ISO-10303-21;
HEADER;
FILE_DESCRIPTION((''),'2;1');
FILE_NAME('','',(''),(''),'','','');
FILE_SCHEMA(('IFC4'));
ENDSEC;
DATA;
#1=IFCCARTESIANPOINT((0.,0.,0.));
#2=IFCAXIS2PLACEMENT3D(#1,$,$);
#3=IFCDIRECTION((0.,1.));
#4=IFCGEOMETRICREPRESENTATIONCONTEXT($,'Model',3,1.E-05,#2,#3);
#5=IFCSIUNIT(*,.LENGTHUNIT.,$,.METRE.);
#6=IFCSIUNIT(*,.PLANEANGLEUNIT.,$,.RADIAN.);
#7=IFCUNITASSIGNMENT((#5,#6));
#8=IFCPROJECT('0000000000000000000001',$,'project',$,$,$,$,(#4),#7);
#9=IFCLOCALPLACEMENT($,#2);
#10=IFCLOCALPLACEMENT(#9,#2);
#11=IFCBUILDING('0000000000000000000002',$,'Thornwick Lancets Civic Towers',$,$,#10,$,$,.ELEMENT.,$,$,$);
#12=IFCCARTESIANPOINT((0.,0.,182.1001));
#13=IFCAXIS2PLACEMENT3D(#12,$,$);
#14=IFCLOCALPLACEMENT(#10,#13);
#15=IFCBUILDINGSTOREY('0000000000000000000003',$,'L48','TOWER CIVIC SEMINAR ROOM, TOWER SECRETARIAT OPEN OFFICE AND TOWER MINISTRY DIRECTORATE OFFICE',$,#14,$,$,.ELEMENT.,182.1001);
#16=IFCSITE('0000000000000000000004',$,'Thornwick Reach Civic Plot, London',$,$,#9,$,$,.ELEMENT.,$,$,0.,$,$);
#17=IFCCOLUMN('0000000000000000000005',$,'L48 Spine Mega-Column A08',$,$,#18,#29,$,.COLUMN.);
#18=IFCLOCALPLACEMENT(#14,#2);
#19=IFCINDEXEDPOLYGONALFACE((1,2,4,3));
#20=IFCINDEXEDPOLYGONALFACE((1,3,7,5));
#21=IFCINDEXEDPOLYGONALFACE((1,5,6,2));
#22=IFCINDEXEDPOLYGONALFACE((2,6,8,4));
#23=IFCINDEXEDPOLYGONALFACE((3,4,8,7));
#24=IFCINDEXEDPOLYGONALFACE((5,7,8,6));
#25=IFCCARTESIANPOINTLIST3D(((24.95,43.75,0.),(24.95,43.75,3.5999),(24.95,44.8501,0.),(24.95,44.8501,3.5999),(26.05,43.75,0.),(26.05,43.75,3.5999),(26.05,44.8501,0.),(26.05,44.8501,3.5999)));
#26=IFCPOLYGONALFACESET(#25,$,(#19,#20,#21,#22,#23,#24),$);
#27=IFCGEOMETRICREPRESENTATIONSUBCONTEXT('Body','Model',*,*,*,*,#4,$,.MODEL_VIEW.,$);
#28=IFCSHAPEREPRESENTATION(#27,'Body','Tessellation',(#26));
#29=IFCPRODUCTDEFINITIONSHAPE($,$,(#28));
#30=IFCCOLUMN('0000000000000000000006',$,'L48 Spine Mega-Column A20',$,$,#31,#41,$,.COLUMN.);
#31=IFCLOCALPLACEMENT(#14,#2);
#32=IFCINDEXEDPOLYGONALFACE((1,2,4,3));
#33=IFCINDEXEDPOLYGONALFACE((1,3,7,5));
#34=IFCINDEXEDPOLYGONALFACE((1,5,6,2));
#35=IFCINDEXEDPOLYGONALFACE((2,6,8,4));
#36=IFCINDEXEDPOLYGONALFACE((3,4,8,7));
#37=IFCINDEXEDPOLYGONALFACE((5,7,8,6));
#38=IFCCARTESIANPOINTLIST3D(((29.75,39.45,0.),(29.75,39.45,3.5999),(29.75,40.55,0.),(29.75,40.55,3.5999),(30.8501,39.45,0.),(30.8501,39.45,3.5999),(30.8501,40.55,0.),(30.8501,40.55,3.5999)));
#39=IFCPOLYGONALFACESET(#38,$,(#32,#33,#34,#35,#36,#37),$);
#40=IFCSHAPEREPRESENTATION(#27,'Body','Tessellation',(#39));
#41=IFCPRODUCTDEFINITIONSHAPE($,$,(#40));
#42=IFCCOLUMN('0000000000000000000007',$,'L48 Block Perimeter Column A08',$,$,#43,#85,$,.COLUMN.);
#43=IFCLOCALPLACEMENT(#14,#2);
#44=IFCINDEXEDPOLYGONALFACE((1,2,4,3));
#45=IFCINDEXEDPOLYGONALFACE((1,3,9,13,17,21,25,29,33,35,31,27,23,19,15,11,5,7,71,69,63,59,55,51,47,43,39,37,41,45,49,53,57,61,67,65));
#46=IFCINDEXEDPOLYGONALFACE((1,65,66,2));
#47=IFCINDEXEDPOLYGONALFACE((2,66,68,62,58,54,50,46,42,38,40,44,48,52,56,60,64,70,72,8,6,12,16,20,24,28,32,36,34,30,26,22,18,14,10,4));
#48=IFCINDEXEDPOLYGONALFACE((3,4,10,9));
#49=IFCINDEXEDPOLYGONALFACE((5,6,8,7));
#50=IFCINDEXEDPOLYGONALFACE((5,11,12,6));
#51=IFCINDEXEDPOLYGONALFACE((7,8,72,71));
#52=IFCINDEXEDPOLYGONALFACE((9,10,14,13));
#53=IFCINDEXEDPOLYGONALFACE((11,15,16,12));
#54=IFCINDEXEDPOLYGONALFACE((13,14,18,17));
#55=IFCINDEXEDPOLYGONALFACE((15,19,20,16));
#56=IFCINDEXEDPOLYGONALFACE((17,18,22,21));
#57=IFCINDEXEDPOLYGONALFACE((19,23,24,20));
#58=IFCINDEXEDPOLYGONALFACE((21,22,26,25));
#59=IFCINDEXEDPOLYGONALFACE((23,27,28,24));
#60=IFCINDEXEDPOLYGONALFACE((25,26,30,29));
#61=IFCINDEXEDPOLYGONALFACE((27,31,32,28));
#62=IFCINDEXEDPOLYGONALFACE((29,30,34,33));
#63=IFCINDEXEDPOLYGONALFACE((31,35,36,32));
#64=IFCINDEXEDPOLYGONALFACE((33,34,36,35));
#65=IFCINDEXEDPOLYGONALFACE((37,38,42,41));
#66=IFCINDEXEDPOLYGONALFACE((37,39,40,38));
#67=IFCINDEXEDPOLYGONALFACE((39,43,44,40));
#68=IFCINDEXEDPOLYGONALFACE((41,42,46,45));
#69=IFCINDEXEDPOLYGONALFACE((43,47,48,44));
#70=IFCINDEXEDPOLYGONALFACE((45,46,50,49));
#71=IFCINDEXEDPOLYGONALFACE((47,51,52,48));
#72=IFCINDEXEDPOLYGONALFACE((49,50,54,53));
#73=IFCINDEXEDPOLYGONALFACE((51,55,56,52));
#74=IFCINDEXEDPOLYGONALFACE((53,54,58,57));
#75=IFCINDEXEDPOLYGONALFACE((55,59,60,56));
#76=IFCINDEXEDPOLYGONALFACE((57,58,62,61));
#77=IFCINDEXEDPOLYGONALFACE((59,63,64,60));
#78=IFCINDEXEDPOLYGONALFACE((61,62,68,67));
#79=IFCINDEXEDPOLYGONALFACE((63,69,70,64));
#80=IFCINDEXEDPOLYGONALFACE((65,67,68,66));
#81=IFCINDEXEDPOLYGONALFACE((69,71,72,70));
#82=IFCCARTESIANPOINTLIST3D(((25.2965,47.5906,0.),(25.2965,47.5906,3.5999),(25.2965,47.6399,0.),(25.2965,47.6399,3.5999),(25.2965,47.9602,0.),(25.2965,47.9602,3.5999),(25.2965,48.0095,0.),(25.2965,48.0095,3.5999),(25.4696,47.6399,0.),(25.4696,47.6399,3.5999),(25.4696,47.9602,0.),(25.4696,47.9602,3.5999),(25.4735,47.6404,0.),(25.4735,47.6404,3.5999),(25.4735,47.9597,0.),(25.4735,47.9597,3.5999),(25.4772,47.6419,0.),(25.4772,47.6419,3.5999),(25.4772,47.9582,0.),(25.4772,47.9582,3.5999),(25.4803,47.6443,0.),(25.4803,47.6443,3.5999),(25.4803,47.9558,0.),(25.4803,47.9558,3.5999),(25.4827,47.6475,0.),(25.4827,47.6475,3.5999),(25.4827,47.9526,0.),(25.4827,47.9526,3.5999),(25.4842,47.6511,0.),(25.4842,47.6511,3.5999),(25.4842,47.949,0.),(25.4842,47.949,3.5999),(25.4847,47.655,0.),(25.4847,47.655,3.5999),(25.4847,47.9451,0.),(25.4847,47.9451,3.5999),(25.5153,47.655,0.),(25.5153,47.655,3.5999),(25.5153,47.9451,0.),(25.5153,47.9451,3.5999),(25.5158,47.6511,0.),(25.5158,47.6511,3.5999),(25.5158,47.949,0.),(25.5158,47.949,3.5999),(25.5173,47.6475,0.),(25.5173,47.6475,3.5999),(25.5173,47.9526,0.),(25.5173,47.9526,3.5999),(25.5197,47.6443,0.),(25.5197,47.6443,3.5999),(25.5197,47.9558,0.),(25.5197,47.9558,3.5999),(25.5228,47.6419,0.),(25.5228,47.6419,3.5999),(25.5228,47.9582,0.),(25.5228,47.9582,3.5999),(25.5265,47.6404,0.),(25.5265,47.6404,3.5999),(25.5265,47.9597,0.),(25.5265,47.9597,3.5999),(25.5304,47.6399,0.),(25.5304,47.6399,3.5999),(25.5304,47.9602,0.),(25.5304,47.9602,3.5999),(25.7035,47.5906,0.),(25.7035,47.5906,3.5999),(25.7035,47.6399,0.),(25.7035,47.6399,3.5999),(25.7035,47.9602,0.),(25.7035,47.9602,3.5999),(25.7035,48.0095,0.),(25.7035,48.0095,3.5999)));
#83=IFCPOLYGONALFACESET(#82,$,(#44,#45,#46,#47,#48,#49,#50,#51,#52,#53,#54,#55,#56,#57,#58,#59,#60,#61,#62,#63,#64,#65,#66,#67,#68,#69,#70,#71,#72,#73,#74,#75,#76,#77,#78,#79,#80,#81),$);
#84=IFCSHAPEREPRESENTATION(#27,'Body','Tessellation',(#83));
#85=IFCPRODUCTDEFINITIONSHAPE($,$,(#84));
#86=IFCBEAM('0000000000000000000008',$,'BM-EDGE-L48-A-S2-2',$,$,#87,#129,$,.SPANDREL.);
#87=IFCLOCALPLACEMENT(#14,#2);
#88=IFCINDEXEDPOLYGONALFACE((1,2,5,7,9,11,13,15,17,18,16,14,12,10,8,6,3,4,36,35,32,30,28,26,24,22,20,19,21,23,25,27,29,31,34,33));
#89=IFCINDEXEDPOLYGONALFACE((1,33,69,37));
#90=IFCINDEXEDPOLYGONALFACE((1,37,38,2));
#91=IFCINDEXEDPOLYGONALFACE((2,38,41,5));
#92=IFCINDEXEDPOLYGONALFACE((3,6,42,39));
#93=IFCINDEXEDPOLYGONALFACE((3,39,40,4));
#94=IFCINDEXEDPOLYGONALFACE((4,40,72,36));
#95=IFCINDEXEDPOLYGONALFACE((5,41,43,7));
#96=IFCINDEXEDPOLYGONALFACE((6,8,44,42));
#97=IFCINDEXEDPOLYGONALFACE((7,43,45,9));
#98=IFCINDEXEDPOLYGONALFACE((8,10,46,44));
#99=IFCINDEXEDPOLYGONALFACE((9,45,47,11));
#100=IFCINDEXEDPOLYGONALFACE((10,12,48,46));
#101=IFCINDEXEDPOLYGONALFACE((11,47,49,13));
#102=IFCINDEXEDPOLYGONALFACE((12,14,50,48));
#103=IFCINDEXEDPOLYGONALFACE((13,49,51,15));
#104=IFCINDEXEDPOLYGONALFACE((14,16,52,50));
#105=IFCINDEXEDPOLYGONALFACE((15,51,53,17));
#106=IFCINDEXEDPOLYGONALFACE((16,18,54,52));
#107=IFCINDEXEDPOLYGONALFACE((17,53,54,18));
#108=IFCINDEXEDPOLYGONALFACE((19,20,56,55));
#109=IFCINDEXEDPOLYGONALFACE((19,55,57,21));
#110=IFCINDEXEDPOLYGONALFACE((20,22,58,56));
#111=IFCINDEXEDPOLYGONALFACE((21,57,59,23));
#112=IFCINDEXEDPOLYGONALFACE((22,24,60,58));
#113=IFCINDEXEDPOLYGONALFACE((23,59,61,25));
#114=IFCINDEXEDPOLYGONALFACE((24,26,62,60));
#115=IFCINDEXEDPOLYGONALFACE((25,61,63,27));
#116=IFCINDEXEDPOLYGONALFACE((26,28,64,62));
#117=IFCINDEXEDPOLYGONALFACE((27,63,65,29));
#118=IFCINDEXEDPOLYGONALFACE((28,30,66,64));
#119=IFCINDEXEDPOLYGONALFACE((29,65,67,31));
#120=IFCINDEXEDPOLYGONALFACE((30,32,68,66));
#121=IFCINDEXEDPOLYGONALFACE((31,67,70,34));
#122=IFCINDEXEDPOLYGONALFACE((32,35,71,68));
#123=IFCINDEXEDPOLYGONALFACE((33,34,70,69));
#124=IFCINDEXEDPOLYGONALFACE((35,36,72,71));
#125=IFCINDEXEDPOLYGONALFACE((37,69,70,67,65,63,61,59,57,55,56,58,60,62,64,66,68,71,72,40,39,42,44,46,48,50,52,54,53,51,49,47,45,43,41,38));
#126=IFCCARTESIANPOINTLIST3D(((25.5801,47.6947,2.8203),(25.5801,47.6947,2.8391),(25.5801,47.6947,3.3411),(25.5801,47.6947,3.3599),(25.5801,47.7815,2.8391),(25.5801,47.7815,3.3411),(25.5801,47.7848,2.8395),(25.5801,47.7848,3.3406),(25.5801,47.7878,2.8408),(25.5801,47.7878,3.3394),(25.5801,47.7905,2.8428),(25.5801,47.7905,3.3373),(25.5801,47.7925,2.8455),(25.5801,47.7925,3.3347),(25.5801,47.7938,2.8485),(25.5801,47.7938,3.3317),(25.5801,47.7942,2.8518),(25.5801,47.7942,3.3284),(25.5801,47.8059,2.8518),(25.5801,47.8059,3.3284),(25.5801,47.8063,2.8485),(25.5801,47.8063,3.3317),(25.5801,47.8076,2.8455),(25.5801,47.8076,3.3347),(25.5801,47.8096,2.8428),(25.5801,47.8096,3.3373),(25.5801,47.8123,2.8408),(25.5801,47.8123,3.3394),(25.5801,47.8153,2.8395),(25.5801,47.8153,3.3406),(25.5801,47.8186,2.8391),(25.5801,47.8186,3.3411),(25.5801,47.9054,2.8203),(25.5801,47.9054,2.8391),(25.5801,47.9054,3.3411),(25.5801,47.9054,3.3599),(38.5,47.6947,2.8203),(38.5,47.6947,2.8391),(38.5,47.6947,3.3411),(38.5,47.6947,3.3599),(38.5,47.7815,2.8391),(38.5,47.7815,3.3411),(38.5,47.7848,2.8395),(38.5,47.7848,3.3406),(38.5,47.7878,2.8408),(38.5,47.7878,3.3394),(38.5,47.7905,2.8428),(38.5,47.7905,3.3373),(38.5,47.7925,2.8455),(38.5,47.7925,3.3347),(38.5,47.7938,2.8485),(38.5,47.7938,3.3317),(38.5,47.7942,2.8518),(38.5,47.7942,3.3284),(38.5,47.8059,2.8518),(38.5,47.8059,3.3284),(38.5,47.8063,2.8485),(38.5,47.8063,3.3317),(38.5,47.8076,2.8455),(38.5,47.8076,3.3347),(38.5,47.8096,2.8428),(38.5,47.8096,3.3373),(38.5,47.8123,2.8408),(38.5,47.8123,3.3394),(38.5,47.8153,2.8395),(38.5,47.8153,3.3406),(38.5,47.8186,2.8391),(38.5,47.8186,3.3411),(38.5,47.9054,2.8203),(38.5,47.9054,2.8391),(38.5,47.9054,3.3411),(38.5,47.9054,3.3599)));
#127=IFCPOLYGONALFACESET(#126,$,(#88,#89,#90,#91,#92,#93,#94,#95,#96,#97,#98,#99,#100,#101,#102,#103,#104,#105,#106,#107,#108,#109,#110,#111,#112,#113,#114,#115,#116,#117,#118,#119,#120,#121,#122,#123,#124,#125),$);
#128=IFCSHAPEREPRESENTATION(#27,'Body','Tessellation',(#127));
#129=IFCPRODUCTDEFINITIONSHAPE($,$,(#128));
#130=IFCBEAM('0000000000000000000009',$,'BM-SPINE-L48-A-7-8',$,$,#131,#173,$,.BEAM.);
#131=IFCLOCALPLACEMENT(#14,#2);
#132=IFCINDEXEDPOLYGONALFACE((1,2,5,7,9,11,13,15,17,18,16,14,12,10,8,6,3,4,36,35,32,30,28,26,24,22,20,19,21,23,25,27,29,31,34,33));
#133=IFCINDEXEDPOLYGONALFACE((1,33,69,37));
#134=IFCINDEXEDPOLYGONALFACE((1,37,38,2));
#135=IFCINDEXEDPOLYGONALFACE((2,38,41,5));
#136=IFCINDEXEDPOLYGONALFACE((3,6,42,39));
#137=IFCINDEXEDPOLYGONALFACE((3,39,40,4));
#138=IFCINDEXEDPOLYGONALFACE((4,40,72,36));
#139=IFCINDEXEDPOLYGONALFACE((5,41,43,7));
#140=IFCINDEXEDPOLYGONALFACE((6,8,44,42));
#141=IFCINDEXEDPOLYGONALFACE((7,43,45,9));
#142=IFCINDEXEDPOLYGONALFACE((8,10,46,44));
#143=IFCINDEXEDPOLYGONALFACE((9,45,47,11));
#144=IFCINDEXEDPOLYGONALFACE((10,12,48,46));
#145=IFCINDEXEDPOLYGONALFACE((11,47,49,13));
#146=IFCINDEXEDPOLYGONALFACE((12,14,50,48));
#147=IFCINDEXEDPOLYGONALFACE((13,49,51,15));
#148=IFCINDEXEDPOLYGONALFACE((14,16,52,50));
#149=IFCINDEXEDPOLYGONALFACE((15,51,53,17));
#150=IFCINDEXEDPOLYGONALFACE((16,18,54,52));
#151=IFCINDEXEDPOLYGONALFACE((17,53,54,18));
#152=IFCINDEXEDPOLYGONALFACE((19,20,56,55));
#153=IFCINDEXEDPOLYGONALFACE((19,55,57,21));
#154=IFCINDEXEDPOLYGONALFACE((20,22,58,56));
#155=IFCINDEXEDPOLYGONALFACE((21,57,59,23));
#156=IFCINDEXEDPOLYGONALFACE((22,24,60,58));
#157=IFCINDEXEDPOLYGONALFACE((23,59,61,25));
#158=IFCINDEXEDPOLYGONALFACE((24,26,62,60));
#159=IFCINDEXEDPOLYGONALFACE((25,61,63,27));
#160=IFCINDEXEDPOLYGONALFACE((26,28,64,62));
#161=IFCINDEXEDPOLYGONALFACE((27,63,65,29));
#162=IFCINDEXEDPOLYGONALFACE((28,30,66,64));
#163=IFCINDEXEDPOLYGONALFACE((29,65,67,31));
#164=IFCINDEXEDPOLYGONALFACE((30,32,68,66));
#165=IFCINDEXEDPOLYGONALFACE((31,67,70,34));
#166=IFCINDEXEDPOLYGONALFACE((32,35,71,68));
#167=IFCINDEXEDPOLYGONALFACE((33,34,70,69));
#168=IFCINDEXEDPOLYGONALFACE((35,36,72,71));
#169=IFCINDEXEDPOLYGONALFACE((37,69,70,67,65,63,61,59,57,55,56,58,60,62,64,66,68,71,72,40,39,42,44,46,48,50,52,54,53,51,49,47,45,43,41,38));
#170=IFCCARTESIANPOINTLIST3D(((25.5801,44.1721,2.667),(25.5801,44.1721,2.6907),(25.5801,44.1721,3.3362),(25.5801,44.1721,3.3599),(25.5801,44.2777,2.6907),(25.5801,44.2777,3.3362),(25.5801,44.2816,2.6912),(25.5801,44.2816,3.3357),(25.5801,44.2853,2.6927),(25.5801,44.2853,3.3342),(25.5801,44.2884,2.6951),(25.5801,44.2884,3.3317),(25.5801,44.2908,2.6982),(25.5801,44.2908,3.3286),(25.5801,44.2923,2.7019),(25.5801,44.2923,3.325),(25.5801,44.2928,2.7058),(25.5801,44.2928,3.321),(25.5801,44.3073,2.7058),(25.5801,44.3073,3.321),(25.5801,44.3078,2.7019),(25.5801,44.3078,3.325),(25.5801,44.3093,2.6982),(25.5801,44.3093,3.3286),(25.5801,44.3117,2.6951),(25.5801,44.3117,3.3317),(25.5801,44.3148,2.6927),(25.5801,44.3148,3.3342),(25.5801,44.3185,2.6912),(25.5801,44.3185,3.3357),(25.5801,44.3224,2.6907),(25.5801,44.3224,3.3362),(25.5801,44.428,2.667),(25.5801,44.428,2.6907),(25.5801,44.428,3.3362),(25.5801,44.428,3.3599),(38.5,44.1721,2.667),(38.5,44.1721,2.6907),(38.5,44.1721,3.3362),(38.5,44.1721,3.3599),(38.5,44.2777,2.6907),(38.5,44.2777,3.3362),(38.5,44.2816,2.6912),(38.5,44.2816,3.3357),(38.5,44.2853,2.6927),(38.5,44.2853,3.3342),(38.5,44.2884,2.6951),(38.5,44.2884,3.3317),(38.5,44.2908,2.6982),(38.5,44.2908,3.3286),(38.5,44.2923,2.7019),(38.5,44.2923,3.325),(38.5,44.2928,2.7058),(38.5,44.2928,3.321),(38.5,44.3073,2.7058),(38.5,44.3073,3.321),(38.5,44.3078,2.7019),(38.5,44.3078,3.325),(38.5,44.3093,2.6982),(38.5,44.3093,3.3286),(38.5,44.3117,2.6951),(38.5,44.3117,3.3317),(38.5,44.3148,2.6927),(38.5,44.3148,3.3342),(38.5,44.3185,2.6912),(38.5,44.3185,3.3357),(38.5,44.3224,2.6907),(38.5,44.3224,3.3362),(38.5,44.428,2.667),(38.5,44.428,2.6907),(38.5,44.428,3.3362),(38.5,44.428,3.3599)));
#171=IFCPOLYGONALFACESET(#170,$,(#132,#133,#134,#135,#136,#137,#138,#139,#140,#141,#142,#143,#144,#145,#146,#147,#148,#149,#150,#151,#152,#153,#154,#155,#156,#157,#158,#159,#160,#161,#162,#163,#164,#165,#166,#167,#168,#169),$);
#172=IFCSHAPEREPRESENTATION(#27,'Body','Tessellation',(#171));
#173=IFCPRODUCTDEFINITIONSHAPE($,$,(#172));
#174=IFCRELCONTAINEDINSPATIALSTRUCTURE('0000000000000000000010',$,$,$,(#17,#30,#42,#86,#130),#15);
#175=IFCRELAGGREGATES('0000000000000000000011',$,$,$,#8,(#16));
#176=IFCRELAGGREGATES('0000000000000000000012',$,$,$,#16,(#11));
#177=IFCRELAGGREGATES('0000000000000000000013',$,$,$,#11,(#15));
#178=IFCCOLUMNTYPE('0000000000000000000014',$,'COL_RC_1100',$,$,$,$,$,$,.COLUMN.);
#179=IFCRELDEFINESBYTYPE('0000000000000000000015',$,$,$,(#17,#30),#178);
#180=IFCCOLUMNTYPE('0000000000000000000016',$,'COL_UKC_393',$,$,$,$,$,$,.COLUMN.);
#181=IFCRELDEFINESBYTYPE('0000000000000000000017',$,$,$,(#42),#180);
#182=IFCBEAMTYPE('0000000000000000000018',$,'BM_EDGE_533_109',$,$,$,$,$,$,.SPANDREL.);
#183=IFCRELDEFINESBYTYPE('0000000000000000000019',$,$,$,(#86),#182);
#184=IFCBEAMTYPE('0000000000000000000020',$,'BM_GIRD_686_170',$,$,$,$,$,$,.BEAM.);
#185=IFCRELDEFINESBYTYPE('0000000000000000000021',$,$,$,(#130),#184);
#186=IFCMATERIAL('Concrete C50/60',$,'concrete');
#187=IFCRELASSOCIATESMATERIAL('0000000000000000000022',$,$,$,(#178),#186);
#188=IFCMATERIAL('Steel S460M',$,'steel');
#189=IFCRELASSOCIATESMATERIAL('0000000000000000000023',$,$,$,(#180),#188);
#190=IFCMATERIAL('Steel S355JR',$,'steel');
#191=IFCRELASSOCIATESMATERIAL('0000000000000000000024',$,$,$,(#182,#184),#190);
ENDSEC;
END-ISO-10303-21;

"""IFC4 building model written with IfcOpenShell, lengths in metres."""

from ifc_helpers import new_model, si_unit, direction, frame, origin, origin_2d, place, context, subcontext, project, spatial, rectangle, i_section, extrude, material, material_profile, profile_set, type_object, element, save


model = new_model("IFC4")

# Units and contexts
model_context = context("Model", 3, precision=1e-05, world=origin(), true_north=direction((0.0, 1.0)))
body_context = subcontext(model_context, "Body", "Model", "MODEL_VIEW")
ifc_project = project(units=[si_unit("LENGTHUNIT", "METRE"), si_unit("PLANEANGLEUNIT", "RADIAN")], contexts=[model_context])

# Site, building, storey
site_placement = place(None, origin())
site = spatial("IfcSite", under=ifc_project, at=site_placement, Name="Thornwick Reach Civic Plot, London", CompositionType="ELEMENT", RefElevation=0.0)
building_placement = place(site_placement, origin())
building = spatial("IfcBuilding", under=site, at=building_placement, Name="Thornwick Lancets Civic Towers", CompositionType="ELEMENT")
storey_placement = place(building_placement, frame((0.0, 0.0, 182.1001)))
storey = spatial("IfcBuildingStorey", under=building, at=storey_placement, Name="L48", Description="TOWER CIVIC SEMINAR ROOM, TOWER SECRETARIAT OPEN OFFICE AND TOWER MINISTRY DIRECTORATE OFFICE", CompositionType="ELEMENT", Elevation=182.1001)

# Columns
ifc_material_1 = material(Name="Concrete C50/60", Category="concrete")
ifc_material_profile_1 = material_profile(ifc_material_1, rectangle(XDim=1.1001, YDim=1.1001, at=origin_2d()), Name="RC 1100x1100")
ifc_profile_set_1 = profile_set([ifc_material_profile_1], Name="Concrete C50/60")
column_type_1 = type_object("IfcColumnType", Name="COL_RC_1100", PredefinedType="COLUMN", material=ifc_profile_set_1)
for number, where, z_axis, x_axis, name in (
    (1, (25.5, 44.3, 0.0), (0.0, 0.0, 1.0), (1.0, 0.0, 0.0), "L48 Spine Mega-Column A08"),
    (2, (30.3, 40.0, 0.0), (0.0, 0.0, 1.0), (1.0, 0.0, 0.0), "L48 Spine Mega-Column A20"),
):
    element("IfcColumn", number, at=place(storey_placement, frame(where, z_axis=z_axis, x_axis=x_axis)), inside=storey, type_object=column_type_1, Name=name, PredefinedType="COLUMN", context=body_context, shape_type="SweptSolid", body=[
        extrude(rectangle(XDim=1.1001, YDim=1.1001, at=origin_2d()), origin(), (0.0, 0.0, 1.0), 3.5999),
    ])
ifc_material_2 = material(Name="Steel S460M", Category="steel")
ifc_material_profile_2 = material_profile(ifc_material_2, i_section(OverallWidth=0.407, OverallDepth=0.4189, WebThickness=0.0305, FlangeThickness=0.0493, FilletRadius=0.0151, at=origin_2d()), Name="UKC 356x406x393")
ifc_profile_set_2 = profile_set([ifc_material_profile_2], Name="Steel S460M")
column_type_2 = type_object("IfcColumnType", Name="COL_UKC_393", PredefinedType="COLUMN", material=ifc_profile_set_2)
column_placement = place(storey_placement, frame((25.5, 47.8, 0.0), z_axis=(0.0, 0.0, 1.0), x_axis=(1.0, 0.0, 0.0)))
element("IfcColumn", 3, at=column_placement, inside=storey, type_object=column_type_2, Name="L48 Block Perimeter Column A08", PredefinedType="COLUMN", context=body_context, shape_type="SweptSolid", body=[
    extrude(i_section(OverallWidth=0.407, OverallDepth=0.4189, WebThickness=0.0305, FlangeThickness=0.0493, FilletRadius=0.0151, at=origin_2d()), origin(), (0.0, 0.0, 1.0), 3.5999),
])

# Beams
ifc_material_3 = material(Name="Steel S355JR", Category="steel")
ifc_material_profile_3 = material_profile(ifc_material_3, i_section(OverallWidth=0.2107, OverallDepth=0.5396, WebThickness=0.0117, FlangeThickness=0.0188, FilletRadius=0.0127, at=origin_2d()), Name="UKB 533x210x109")
ifc_profile_set_3 = profile_set([ifc_material_profile_3], Name="Steel S355JR")
beam_type_1 = type_object("IfcBeamType", Name="BM_EDGE_533_109", PredefinedType="SPANDREL", material=ifc_profile_set_3)
beam_1_placement = place(storey_placement, frame((25.5801, 47.8, 3.0901), z_axis=(1.0, 0.0, 0.0), x_axis=(0.0, 1.0, 0.0)))
element("IfcBeam", 4, at=beam_1_placement, inside=storey, type_object=beam_type_1, Name="BM-EDGE-L48-A-S2-2", PredefinedType="SPANDREL", context=body_context, shape_type="SweptSolid", body=[
    extrude(i_section(OverallWidth=0.2107, OverallDepth=0.5396, WebThickness=0.0117, FlangeThickness=0.0188, FilletRadius=0.0127, at=origin_2d()), origin(), (0.0, 0.0, 1.0), 12.9199),
])
ifc_material_profile_4 = material_profile(ifc_material_3, i_section(OverallWidth=0.2559, OverallDepth=0.6929, WebThickness=0.0144, FlangeThickness=0.0237, FilletRadius=0.0151, at=origin_2d()), Name="UKB 686x254x170")
ifc_profile_set_4 = profile_set([ifc_material_profile_4], Name="Steel S355JR")
beam_type_2 = type_object("IfcBeamType", Name="BM_GIRD_686_170", PredefinedType="BEAM", material=ifc_profile_set_4)
beam_2_placement = place(storey_placement, frame((25.5801, 44.3, 3.0134), z_axis=(1.0, 0.0, 0.0), x_axis=(0.0, 1.0, 0.0)))
element("IfcBeam", 5, at=beam_2_placement, inside=storey, type_object=beam_type_2, Name="BM-SPINE-L48-A-7-8", PredefinedType="BEAM", context=body_context, shape_type="SweptSolid", body=[
    extrude(i_section(OverallWidth=0.2559, OverallDepth=0.6929, WebThickness=0.0144, FlangeThickness=0.0237, FilletRadius=0.0151, at=origin_2d()), origin(), (0.0, 0.0, 1.0), 12.9199),
])

save(model, "model.ifc")
